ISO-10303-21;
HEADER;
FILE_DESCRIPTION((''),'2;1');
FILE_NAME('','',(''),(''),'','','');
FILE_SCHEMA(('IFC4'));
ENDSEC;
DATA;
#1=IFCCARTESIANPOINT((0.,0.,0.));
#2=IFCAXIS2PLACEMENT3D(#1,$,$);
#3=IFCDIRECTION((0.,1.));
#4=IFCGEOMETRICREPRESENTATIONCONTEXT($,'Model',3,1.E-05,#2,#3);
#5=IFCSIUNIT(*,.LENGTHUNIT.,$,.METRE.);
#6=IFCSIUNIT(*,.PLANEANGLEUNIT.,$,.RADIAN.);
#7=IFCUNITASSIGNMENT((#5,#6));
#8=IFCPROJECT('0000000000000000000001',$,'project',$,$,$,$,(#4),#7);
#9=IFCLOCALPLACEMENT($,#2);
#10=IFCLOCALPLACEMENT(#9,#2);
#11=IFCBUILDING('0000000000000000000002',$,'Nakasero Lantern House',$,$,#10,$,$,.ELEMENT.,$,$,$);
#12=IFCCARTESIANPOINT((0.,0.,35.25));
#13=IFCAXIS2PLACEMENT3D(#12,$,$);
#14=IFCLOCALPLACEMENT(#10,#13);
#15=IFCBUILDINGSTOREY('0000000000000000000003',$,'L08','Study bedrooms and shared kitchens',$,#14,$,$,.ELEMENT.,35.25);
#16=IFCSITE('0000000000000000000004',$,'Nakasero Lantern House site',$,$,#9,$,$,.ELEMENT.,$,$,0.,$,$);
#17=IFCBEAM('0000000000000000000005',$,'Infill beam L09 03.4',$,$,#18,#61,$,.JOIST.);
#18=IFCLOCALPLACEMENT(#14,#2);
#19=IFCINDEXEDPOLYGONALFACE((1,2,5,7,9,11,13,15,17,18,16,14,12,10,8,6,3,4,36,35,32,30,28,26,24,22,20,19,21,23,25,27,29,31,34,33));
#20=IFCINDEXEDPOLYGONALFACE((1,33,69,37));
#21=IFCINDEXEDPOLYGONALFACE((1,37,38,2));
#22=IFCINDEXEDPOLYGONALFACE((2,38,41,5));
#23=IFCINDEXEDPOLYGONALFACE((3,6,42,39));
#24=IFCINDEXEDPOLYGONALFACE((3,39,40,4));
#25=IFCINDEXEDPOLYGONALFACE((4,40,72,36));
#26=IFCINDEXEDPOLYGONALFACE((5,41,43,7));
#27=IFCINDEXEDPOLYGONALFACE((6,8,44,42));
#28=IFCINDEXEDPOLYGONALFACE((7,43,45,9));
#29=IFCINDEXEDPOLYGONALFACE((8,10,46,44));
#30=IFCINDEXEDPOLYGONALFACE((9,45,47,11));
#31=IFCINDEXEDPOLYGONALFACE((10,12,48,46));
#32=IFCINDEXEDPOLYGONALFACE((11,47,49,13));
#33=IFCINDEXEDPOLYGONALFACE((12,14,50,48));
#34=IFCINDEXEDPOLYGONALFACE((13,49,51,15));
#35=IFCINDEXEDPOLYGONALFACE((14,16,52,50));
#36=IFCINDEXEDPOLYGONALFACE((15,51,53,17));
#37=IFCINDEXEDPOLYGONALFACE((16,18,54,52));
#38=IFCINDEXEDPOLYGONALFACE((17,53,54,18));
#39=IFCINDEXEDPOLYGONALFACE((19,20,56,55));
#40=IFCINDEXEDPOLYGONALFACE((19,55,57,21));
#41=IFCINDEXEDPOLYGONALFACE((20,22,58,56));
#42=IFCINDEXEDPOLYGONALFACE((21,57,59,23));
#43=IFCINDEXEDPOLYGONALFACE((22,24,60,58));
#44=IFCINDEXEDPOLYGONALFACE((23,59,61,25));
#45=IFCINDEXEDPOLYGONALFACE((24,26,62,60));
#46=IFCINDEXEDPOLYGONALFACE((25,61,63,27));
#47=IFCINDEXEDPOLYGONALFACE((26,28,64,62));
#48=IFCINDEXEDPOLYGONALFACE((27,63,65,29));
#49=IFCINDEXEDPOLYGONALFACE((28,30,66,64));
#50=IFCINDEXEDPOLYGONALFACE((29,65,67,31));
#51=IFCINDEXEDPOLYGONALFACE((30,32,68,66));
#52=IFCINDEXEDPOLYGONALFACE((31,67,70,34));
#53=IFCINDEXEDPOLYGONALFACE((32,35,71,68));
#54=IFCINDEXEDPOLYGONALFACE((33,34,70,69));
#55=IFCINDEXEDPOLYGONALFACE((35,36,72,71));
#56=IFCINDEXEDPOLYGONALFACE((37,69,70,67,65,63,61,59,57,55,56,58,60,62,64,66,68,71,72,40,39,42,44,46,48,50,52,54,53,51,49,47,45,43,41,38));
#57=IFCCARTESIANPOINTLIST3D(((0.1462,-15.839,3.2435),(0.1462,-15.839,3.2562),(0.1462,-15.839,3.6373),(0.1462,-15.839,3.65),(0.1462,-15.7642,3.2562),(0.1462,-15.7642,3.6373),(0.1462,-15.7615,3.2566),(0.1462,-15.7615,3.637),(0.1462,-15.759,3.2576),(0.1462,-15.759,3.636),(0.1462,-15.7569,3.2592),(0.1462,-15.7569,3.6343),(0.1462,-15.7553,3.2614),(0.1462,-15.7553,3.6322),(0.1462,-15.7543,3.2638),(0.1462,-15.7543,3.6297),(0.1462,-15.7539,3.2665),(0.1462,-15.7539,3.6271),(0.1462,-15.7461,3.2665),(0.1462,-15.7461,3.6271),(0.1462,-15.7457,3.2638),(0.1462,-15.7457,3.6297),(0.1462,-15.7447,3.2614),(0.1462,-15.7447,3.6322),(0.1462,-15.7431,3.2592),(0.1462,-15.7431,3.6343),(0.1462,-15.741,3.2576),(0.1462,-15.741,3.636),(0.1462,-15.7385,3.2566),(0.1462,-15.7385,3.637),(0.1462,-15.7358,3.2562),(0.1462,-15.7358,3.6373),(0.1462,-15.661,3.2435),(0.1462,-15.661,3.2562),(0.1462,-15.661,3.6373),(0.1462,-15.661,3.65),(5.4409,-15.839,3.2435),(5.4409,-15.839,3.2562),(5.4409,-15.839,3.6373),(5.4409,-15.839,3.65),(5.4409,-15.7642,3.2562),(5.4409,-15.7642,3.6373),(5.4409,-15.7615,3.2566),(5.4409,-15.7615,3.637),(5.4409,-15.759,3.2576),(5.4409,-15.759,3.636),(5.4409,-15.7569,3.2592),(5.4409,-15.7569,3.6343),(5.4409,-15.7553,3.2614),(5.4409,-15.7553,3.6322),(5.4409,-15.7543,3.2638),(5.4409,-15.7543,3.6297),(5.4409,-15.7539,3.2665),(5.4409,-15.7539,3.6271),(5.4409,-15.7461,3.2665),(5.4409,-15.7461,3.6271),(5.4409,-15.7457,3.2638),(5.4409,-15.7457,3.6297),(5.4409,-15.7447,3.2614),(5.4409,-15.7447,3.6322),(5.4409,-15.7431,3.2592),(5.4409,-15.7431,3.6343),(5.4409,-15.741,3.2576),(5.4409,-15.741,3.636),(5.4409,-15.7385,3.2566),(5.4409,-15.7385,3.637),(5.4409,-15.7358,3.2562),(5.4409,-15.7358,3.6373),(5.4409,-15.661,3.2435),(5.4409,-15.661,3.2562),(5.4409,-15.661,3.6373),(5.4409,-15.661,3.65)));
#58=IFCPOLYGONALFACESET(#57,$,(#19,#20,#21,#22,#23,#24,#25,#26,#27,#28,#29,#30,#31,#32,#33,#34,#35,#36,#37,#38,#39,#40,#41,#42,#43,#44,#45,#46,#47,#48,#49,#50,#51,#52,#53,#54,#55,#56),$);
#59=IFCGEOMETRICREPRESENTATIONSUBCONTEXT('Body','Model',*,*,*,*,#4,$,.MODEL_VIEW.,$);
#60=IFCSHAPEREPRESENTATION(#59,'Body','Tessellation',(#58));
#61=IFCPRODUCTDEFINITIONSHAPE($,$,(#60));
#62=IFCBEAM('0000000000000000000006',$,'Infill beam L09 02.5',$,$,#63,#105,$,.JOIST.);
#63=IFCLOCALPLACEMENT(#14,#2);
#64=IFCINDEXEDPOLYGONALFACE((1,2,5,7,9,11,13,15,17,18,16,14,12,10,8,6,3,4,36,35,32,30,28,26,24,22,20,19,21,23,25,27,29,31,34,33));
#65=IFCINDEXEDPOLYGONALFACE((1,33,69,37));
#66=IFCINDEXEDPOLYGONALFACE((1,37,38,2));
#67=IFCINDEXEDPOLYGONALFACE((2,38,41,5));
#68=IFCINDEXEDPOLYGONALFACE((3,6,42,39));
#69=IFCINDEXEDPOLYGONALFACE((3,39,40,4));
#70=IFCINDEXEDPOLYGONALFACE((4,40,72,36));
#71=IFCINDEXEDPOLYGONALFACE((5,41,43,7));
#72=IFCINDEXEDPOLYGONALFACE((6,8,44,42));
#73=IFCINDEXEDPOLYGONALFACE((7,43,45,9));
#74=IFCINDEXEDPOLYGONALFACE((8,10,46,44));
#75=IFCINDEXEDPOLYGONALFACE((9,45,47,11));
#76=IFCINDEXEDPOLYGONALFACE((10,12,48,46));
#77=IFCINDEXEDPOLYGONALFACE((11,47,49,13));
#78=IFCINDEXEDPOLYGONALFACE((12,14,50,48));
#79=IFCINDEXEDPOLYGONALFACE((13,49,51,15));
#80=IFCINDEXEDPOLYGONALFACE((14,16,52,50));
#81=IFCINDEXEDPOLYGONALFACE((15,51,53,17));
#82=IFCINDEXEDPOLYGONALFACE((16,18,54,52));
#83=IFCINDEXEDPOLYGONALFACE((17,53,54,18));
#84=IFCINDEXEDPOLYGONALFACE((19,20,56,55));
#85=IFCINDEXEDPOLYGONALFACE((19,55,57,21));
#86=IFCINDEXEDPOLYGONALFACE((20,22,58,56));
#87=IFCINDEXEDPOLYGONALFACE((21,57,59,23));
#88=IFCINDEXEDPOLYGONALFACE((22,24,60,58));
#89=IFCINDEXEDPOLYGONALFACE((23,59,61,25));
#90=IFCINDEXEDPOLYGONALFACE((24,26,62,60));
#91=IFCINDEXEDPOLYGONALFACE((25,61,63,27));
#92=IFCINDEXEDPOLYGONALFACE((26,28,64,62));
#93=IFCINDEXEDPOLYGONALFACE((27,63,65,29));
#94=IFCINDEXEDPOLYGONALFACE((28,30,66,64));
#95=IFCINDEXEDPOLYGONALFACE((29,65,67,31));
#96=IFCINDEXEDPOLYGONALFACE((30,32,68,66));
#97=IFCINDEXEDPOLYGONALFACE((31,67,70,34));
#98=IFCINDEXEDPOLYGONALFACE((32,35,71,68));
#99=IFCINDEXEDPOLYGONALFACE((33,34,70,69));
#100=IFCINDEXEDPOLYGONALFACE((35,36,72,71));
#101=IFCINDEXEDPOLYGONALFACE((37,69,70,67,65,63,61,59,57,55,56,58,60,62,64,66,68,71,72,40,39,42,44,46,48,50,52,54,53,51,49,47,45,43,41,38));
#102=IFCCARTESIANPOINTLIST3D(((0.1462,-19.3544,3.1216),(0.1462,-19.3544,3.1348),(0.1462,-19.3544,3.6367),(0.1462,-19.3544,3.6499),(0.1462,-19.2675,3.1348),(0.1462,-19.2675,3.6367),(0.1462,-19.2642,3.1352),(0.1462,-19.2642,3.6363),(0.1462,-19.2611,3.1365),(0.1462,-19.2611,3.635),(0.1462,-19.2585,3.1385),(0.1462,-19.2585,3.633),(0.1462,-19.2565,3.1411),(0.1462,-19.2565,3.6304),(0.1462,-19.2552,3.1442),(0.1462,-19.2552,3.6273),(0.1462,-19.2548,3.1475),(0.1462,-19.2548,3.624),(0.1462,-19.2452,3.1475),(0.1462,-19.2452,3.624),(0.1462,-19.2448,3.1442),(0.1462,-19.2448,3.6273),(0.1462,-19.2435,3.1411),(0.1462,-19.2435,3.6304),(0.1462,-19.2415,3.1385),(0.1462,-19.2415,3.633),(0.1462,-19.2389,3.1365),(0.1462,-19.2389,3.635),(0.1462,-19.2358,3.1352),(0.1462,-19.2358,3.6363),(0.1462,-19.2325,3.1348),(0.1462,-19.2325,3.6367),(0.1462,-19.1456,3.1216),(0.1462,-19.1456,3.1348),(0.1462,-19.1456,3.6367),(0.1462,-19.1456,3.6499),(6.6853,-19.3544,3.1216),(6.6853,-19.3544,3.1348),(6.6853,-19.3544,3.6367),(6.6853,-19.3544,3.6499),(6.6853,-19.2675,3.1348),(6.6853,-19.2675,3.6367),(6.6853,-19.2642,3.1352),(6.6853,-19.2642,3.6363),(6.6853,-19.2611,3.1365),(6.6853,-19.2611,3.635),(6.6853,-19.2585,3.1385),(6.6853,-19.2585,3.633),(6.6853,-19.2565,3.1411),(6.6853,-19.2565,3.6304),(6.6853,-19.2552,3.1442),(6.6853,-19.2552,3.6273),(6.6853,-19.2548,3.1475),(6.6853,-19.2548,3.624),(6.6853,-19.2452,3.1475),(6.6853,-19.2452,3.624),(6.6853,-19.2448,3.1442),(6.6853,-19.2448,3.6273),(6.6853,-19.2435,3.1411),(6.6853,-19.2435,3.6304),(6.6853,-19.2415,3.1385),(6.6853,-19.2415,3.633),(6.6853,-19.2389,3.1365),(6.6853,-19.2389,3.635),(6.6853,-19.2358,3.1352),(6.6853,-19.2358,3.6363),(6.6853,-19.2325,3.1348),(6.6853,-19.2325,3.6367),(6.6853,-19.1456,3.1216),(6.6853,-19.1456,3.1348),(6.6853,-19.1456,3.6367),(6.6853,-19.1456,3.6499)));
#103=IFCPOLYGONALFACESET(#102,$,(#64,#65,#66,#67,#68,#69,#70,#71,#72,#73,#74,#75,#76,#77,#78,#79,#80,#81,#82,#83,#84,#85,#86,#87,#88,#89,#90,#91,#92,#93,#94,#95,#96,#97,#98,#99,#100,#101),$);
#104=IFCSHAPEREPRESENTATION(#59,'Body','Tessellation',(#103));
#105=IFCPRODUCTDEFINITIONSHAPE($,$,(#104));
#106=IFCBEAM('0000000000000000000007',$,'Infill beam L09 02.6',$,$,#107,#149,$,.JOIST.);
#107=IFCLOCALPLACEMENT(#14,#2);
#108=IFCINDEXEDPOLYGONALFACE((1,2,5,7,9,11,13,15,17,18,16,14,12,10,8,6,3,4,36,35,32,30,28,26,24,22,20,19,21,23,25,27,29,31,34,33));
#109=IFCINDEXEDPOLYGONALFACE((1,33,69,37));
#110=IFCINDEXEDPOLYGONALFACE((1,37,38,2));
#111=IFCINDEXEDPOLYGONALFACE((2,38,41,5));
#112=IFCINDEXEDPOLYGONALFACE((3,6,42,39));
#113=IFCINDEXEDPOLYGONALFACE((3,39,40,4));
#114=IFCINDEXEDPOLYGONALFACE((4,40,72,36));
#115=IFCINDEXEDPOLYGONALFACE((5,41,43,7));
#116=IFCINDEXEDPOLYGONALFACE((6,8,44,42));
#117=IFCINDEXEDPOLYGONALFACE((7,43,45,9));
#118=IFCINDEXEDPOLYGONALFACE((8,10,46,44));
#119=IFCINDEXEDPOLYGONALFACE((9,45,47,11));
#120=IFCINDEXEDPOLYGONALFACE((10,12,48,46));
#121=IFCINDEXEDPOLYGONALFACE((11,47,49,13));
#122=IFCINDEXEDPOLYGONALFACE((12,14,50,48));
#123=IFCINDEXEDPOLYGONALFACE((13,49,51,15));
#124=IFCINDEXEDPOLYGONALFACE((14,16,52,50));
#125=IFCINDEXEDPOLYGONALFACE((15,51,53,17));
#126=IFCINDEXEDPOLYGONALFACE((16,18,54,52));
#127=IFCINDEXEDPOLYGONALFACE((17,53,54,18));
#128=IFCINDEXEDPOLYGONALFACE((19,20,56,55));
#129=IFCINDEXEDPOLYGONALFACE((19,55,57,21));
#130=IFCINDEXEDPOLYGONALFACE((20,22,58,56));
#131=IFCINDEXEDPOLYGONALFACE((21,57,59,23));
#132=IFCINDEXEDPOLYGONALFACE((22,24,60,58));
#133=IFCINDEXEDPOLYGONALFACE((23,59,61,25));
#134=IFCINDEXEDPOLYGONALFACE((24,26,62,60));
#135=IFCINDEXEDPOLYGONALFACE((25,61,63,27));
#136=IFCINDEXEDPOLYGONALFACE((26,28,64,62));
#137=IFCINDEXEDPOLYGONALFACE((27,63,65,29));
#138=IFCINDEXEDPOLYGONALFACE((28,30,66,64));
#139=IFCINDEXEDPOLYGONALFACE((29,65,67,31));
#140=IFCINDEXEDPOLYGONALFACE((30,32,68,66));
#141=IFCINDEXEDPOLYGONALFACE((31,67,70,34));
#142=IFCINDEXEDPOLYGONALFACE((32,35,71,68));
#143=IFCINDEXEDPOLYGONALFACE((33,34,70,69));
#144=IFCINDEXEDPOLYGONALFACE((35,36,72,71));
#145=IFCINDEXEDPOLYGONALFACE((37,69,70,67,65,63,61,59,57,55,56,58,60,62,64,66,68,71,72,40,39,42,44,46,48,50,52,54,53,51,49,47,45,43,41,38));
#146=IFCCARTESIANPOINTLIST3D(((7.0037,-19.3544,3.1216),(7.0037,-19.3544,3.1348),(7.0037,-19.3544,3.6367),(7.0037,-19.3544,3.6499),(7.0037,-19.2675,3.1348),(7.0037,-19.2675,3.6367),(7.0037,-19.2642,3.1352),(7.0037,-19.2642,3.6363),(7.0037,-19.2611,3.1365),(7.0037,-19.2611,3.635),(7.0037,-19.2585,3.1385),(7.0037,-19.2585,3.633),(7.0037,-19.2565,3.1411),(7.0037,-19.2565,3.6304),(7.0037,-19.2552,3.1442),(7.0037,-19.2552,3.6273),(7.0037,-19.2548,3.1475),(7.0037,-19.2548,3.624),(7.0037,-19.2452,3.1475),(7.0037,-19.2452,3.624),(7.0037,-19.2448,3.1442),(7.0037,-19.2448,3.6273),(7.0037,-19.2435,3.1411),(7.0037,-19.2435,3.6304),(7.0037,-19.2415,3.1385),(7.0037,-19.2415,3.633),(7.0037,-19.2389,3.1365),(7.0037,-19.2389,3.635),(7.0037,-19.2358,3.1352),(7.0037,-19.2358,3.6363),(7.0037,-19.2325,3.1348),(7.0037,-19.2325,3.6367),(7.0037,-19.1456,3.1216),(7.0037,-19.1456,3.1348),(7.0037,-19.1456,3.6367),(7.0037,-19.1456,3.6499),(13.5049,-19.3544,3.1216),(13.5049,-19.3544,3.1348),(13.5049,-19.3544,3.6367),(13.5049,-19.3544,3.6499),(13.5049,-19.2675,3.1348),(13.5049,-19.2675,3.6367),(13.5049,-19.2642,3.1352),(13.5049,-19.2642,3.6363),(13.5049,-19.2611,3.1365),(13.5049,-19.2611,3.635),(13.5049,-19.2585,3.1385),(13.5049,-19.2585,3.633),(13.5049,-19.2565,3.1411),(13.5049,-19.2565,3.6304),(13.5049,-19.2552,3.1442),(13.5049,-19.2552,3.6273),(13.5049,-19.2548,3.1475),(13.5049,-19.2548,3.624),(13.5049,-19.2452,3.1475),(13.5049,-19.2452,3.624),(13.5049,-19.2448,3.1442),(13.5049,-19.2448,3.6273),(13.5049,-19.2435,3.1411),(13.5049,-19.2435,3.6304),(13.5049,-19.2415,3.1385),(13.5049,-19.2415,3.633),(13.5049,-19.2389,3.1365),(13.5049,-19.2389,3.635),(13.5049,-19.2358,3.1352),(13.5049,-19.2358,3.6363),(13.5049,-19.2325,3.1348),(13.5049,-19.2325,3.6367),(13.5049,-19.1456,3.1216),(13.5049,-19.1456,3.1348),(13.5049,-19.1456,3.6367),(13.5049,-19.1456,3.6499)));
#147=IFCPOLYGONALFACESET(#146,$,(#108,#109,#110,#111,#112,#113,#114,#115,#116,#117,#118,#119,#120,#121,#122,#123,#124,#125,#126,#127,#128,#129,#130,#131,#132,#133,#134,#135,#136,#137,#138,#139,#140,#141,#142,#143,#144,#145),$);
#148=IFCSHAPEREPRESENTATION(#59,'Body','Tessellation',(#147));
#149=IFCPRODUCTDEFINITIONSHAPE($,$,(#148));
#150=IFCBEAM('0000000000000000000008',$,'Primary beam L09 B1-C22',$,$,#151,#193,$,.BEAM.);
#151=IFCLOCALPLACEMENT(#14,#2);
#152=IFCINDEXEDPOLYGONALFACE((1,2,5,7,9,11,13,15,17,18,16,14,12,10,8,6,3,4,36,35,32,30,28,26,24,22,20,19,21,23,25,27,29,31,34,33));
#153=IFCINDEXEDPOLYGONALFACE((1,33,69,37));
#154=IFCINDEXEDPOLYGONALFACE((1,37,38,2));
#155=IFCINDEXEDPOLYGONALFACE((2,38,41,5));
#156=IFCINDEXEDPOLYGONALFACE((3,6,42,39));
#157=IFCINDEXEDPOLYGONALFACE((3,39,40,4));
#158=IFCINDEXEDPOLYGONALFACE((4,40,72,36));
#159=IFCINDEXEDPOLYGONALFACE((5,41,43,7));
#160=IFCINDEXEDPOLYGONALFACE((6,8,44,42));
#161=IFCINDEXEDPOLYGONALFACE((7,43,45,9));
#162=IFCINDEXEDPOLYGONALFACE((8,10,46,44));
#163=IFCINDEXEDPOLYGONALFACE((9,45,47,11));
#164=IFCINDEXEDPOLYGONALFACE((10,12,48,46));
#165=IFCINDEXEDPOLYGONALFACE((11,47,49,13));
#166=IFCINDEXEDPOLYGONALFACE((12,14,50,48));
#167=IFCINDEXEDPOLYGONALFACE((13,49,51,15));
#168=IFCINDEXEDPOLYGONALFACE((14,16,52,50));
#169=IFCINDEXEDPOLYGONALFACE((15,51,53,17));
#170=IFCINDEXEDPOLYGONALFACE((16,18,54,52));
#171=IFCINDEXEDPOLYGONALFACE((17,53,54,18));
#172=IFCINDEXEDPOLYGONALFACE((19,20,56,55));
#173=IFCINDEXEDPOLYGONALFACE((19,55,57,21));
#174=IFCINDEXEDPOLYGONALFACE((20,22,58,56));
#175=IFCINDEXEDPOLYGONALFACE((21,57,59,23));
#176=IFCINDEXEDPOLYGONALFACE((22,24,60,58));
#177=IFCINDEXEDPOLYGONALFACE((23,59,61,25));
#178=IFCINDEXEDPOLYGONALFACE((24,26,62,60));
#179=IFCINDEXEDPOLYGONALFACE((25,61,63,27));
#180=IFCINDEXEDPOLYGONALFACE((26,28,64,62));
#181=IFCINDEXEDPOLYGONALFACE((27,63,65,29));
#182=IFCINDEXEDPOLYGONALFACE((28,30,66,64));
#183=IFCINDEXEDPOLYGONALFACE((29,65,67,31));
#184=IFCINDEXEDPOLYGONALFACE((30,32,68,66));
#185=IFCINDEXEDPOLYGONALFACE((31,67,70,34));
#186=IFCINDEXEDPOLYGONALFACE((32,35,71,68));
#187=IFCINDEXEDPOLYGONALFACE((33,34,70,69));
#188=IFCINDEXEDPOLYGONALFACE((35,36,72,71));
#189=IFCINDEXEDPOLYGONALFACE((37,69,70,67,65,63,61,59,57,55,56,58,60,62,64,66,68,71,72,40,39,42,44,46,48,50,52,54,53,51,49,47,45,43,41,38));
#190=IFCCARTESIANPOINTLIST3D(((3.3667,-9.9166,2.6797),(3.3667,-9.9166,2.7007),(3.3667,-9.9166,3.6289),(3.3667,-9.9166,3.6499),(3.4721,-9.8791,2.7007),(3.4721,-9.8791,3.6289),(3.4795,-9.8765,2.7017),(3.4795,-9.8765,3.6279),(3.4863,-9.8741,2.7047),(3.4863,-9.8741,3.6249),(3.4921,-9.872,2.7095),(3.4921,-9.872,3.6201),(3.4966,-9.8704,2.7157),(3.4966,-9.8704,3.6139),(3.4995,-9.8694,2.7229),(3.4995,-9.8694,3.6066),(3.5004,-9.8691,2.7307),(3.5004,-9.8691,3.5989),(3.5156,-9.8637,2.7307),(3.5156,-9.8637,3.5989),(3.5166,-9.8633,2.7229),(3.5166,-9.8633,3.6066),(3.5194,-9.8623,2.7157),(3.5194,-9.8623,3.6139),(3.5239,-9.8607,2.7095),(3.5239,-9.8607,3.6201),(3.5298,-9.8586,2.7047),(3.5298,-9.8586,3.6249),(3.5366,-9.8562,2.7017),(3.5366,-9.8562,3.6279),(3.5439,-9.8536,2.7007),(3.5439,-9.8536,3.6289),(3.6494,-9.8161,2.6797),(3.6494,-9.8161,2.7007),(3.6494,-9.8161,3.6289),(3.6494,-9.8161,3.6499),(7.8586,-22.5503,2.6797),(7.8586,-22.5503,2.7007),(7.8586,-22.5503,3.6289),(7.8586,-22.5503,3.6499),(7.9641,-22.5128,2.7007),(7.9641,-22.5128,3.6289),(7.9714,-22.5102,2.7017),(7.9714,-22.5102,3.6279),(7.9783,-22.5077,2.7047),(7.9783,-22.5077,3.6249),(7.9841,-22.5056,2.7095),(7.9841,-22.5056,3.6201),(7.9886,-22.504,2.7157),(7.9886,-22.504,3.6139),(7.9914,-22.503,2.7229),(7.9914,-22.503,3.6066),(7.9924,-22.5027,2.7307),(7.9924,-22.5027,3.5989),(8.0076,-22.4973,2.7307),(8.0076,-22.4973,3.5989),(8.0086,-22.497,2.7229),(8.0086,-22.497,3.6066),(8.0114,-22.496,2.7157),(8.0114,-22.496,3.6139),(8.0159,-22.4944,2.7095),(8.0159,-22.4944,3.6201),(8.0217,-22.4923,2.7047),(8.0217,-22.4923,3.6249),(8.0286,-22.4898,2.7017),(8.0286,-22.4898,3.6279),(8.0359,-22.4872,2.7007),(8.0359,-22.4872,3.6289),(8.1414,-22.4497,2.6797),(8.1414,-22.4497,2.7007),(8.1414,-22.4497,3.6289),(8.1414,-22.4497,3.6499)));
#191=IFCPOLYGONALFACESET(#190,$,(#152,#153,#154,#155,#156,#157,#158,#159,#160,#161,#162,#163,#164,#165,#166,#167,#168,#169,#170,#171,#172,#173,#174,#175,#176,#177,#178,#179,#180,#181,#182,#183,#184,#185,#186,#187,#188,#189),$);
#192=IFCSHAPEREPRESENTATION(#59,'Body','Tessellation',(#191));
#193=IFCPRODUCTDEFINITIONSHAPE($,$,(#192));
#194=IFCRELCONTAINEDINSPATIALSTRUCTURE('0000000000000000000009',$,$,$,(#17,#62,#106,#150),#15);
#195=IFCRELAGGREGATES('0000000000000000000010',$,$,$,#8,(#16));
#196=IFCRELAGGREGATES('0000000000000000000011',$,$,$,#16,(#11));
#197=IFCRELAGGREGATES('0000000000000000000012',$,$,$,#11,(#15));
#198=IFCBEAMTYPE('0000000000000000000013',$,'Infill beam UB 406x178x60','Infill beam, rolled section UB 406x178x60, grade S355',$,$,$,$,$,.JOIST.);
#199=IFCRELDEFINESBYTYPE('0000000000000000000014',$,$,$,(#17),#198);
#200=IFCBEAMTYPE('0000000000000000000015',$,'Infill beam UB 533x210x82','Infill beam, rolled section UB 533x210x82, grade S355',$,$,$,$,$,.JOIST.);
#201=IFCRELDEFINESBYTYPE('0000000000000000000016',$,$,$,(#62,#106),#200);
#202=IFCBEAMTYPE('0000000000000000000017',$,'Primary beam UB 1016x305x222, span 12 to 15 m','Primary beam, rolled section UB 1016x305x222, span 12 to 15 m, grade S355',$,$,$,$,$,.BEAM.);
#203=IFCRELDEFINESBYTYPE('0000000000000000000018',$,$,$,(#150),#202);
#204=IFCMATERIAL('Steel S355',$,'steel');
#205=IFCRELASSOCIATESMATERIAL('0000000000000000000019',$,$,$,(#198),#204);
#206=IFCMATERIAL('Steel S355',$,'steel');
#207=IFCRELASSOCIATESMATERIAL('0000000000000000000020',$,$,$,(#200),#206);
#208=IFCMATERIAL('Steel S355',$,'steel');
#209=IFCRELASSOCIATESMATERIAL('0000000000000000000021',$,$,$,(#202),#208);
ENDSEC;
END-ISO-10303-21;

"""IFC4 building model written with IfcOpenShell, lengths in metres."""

from ifc_helpers import new_model, si_unit, direction, frame, origin, origin_2d, place, context, subcontext, project, spatial, i_section, extrude, material, material_profile, profile_set, type_object, element, save


model = new_model("IFC4")

# Units and contexts
model_context = context("Model", 3, precision=1e-05, world=origin(), true_north=direction((0.0, 1.0)))
body_context = subcontext(model_context, "Body", "Model", "MODEL_VIEW")
ifc_project = project(units=[si_unit("LENGTHUNIT", "METRE"), si_unit("PLANEANGLEUNIT", "RADIAN")], contexts=[model_context])

# Site, building, storey
site_placement = place(None, origin())
site = spatial("IfcSite", under=ifc_project, at=site_placement, Name="Nakasero Lantern House site", CompositionType="ELEMENT", RefElevation=0.0)
building_placement = place(site_placement, origin())
building = spatial("IfcBuilding", under=site, at=building_placement, Name="Nakasero Lantern House", CompositionType="ELEMENT")
storey_placement = place(building_placement, frame((0.0, 0.0, 35.25)))
storey = spatial("IfcBuildingStorey", under=building, at=storey_placement, Name="L08", Description="Study bedrooms and shared kitchens", CompositionType="ELEMENT", Elevation=35.25)

# Beams
ifc_material_1 = material(Name="Steel S355", Category="steel")
ifc_material_profile_1 = material_profile(ifc_material_1, i_section(OverallWidth=0.178, OverallDepth=0.4065, WebThickness=0.0078, FlangeThickness=0.0127, FilletRadius=0.0103, at=origin_2d()), Name="UB 406x178x60")
ifc_profile_set_1 = profile_set([ifc_material_profile_1], Name="Steel S355")
beam_type_1 = type_object("IfcBeamType", Name="Infill beam UB 406x178x60", Description="Infill beam, rolled section UB 406x178x60, grade S355", PredefinedType="JOIST", material=ifc_profile_set_1)
beam_1_placement = place(storey_placement, frame((0.1462, -15.75, 3.4468), z_axis=(1.0, 0.0, 0.0), x_axis=(0.0, 1.0, 0.0)))
element("IfcBeam", 1, at=beam_1_placement, inside=storey, type_object=beam_type_1, Name="Infill beam L09 03.4", PredefinedType="JOIST", context=body_context, shape_type="SweptSolid", body=[
    extrude(i_section(OverallWidth=0.178, OverallDepth=0.4065, WebThickness=0.0078, FlangeThickness=0.0127, FilletRadius=0.0103, at=origin_2d()), origin(), (0.0, 0.0, 1.0), 5.2947),
])
ifc_material_2 = material(Name="Steel S355", Category="steel")
ifc_material_profile_2 = material_profile(ifc_material_2, i_section(OverallWidth=0.2087, OverallDepth=0.5283, WebThickness=0.0095, FlangeThickness=0.0132, FilletRadius=0.0127, at=origin_2d()), Name="UB 533x210x82")
ifc_profile_set_2 = profile_set([ifc_material_profile_2], Name="Steel S355")
beam_type_2 = type_object("IfcBeamType", Name="Infill beam UB 533x210x82", Description="Infill beam, rolled section UB 533x210x82, grade S355", PredefinedType="JOIST", material=ifc_profile_set_2)
beam_2_placement = place(storey_placement, frame((0.1462, -19.25, 3.3857), z_axis=(1.0, 0.0, 0.0), x_axis=(0.0, 1.0, 0.0)))
element("IfcBeam", 2, at=beam_2_placement, inside=storey, type_object=beam_type_2, Name="Infill beam L09 02.5", PredefinedType="JOIST", context=body_context, shape_type="SweptSolid", body=[
    extrude(i_section(OverallWidth=0.2087, OverallDepth=0.5283, WebThickness=0.0095, FlangeThickness=0.0132, FilletRadius=0.0127, at=origin_2d()), origin(), (0.0, 0.0, 1.0), 6.5391),
])
beam_3_placement = place(storey_placement, frame((7.0037, -19.25, 3.3857), z_axis=(1.0, 0.0, 0.0), x_axis=(0.0, 1.0, 0.0)))
element("IfcBeam", 3, at=beam_3_placement, inside=storey, type_object=beam_type_2, Name="Infill beam L09 02.6", PredefinedType="JOIST", context=body_context, shape_type="SweptSolid", body=[
    extrude(i_section(OverallWidth=0.2087, OverallDepth=0.5283, WebThickness=0.0095, FlangeThickness=0.0132, FilletRadius=0.0127, at=origin_2d()), origin(), (0.0, 0.0, 1.0), 6.5012),
])
ifc_material_3 = material(Name="Steel S355", Category="steel")
ifc_material_profile_3 = material_profile(ifc_material_3, i_section(OverallWidth=0.3, OverallDepth=0.9702, WebThickness=0.0161, FlangeThickness=0.021, FilletRadius=0.03, at=origin_2d()), Name="UB 1016x305x222")
ifc_profile_set_3 = profile_set([ifc_material_profile_3], Name="Steel S355")
beam_type_3 = type_object("IfcBeamType", Name="Primary beam UB 1016x305x222, span 12 to 15 m", Description="Primary beam, rolled section UB 1016x305x222, span 12 to 15 m, grade S355", PredefinedType="BEAM", material=ifc_profile_set_3)
beam_4_placement = place(storey_placement, frame((8.0, -22.5, 3.1648), z_axis=(-0.335011, 0.942214, 0.0), x_axis=(-0.942214, -0.335011, 0.0)))
element("IfcBeam", 4, at=beam_4_placement, inside=storey, type_object=beam_type_3, Name="Primary beam L09 B1-C22", PredefinedType="BEAM", context=body_context, shape_type="SweptSolid", body=[
    extrude(i_section(OverallWidth=0.3, OverallDepth=0.9702, WebThickness=0.0161, FlangeThickness=0.021, FilletRadius=0.03, at=origin_2d()), origin(), (0.0, 0.0, 1.0), 13.4084),
])

save(model, "model.ifc")
